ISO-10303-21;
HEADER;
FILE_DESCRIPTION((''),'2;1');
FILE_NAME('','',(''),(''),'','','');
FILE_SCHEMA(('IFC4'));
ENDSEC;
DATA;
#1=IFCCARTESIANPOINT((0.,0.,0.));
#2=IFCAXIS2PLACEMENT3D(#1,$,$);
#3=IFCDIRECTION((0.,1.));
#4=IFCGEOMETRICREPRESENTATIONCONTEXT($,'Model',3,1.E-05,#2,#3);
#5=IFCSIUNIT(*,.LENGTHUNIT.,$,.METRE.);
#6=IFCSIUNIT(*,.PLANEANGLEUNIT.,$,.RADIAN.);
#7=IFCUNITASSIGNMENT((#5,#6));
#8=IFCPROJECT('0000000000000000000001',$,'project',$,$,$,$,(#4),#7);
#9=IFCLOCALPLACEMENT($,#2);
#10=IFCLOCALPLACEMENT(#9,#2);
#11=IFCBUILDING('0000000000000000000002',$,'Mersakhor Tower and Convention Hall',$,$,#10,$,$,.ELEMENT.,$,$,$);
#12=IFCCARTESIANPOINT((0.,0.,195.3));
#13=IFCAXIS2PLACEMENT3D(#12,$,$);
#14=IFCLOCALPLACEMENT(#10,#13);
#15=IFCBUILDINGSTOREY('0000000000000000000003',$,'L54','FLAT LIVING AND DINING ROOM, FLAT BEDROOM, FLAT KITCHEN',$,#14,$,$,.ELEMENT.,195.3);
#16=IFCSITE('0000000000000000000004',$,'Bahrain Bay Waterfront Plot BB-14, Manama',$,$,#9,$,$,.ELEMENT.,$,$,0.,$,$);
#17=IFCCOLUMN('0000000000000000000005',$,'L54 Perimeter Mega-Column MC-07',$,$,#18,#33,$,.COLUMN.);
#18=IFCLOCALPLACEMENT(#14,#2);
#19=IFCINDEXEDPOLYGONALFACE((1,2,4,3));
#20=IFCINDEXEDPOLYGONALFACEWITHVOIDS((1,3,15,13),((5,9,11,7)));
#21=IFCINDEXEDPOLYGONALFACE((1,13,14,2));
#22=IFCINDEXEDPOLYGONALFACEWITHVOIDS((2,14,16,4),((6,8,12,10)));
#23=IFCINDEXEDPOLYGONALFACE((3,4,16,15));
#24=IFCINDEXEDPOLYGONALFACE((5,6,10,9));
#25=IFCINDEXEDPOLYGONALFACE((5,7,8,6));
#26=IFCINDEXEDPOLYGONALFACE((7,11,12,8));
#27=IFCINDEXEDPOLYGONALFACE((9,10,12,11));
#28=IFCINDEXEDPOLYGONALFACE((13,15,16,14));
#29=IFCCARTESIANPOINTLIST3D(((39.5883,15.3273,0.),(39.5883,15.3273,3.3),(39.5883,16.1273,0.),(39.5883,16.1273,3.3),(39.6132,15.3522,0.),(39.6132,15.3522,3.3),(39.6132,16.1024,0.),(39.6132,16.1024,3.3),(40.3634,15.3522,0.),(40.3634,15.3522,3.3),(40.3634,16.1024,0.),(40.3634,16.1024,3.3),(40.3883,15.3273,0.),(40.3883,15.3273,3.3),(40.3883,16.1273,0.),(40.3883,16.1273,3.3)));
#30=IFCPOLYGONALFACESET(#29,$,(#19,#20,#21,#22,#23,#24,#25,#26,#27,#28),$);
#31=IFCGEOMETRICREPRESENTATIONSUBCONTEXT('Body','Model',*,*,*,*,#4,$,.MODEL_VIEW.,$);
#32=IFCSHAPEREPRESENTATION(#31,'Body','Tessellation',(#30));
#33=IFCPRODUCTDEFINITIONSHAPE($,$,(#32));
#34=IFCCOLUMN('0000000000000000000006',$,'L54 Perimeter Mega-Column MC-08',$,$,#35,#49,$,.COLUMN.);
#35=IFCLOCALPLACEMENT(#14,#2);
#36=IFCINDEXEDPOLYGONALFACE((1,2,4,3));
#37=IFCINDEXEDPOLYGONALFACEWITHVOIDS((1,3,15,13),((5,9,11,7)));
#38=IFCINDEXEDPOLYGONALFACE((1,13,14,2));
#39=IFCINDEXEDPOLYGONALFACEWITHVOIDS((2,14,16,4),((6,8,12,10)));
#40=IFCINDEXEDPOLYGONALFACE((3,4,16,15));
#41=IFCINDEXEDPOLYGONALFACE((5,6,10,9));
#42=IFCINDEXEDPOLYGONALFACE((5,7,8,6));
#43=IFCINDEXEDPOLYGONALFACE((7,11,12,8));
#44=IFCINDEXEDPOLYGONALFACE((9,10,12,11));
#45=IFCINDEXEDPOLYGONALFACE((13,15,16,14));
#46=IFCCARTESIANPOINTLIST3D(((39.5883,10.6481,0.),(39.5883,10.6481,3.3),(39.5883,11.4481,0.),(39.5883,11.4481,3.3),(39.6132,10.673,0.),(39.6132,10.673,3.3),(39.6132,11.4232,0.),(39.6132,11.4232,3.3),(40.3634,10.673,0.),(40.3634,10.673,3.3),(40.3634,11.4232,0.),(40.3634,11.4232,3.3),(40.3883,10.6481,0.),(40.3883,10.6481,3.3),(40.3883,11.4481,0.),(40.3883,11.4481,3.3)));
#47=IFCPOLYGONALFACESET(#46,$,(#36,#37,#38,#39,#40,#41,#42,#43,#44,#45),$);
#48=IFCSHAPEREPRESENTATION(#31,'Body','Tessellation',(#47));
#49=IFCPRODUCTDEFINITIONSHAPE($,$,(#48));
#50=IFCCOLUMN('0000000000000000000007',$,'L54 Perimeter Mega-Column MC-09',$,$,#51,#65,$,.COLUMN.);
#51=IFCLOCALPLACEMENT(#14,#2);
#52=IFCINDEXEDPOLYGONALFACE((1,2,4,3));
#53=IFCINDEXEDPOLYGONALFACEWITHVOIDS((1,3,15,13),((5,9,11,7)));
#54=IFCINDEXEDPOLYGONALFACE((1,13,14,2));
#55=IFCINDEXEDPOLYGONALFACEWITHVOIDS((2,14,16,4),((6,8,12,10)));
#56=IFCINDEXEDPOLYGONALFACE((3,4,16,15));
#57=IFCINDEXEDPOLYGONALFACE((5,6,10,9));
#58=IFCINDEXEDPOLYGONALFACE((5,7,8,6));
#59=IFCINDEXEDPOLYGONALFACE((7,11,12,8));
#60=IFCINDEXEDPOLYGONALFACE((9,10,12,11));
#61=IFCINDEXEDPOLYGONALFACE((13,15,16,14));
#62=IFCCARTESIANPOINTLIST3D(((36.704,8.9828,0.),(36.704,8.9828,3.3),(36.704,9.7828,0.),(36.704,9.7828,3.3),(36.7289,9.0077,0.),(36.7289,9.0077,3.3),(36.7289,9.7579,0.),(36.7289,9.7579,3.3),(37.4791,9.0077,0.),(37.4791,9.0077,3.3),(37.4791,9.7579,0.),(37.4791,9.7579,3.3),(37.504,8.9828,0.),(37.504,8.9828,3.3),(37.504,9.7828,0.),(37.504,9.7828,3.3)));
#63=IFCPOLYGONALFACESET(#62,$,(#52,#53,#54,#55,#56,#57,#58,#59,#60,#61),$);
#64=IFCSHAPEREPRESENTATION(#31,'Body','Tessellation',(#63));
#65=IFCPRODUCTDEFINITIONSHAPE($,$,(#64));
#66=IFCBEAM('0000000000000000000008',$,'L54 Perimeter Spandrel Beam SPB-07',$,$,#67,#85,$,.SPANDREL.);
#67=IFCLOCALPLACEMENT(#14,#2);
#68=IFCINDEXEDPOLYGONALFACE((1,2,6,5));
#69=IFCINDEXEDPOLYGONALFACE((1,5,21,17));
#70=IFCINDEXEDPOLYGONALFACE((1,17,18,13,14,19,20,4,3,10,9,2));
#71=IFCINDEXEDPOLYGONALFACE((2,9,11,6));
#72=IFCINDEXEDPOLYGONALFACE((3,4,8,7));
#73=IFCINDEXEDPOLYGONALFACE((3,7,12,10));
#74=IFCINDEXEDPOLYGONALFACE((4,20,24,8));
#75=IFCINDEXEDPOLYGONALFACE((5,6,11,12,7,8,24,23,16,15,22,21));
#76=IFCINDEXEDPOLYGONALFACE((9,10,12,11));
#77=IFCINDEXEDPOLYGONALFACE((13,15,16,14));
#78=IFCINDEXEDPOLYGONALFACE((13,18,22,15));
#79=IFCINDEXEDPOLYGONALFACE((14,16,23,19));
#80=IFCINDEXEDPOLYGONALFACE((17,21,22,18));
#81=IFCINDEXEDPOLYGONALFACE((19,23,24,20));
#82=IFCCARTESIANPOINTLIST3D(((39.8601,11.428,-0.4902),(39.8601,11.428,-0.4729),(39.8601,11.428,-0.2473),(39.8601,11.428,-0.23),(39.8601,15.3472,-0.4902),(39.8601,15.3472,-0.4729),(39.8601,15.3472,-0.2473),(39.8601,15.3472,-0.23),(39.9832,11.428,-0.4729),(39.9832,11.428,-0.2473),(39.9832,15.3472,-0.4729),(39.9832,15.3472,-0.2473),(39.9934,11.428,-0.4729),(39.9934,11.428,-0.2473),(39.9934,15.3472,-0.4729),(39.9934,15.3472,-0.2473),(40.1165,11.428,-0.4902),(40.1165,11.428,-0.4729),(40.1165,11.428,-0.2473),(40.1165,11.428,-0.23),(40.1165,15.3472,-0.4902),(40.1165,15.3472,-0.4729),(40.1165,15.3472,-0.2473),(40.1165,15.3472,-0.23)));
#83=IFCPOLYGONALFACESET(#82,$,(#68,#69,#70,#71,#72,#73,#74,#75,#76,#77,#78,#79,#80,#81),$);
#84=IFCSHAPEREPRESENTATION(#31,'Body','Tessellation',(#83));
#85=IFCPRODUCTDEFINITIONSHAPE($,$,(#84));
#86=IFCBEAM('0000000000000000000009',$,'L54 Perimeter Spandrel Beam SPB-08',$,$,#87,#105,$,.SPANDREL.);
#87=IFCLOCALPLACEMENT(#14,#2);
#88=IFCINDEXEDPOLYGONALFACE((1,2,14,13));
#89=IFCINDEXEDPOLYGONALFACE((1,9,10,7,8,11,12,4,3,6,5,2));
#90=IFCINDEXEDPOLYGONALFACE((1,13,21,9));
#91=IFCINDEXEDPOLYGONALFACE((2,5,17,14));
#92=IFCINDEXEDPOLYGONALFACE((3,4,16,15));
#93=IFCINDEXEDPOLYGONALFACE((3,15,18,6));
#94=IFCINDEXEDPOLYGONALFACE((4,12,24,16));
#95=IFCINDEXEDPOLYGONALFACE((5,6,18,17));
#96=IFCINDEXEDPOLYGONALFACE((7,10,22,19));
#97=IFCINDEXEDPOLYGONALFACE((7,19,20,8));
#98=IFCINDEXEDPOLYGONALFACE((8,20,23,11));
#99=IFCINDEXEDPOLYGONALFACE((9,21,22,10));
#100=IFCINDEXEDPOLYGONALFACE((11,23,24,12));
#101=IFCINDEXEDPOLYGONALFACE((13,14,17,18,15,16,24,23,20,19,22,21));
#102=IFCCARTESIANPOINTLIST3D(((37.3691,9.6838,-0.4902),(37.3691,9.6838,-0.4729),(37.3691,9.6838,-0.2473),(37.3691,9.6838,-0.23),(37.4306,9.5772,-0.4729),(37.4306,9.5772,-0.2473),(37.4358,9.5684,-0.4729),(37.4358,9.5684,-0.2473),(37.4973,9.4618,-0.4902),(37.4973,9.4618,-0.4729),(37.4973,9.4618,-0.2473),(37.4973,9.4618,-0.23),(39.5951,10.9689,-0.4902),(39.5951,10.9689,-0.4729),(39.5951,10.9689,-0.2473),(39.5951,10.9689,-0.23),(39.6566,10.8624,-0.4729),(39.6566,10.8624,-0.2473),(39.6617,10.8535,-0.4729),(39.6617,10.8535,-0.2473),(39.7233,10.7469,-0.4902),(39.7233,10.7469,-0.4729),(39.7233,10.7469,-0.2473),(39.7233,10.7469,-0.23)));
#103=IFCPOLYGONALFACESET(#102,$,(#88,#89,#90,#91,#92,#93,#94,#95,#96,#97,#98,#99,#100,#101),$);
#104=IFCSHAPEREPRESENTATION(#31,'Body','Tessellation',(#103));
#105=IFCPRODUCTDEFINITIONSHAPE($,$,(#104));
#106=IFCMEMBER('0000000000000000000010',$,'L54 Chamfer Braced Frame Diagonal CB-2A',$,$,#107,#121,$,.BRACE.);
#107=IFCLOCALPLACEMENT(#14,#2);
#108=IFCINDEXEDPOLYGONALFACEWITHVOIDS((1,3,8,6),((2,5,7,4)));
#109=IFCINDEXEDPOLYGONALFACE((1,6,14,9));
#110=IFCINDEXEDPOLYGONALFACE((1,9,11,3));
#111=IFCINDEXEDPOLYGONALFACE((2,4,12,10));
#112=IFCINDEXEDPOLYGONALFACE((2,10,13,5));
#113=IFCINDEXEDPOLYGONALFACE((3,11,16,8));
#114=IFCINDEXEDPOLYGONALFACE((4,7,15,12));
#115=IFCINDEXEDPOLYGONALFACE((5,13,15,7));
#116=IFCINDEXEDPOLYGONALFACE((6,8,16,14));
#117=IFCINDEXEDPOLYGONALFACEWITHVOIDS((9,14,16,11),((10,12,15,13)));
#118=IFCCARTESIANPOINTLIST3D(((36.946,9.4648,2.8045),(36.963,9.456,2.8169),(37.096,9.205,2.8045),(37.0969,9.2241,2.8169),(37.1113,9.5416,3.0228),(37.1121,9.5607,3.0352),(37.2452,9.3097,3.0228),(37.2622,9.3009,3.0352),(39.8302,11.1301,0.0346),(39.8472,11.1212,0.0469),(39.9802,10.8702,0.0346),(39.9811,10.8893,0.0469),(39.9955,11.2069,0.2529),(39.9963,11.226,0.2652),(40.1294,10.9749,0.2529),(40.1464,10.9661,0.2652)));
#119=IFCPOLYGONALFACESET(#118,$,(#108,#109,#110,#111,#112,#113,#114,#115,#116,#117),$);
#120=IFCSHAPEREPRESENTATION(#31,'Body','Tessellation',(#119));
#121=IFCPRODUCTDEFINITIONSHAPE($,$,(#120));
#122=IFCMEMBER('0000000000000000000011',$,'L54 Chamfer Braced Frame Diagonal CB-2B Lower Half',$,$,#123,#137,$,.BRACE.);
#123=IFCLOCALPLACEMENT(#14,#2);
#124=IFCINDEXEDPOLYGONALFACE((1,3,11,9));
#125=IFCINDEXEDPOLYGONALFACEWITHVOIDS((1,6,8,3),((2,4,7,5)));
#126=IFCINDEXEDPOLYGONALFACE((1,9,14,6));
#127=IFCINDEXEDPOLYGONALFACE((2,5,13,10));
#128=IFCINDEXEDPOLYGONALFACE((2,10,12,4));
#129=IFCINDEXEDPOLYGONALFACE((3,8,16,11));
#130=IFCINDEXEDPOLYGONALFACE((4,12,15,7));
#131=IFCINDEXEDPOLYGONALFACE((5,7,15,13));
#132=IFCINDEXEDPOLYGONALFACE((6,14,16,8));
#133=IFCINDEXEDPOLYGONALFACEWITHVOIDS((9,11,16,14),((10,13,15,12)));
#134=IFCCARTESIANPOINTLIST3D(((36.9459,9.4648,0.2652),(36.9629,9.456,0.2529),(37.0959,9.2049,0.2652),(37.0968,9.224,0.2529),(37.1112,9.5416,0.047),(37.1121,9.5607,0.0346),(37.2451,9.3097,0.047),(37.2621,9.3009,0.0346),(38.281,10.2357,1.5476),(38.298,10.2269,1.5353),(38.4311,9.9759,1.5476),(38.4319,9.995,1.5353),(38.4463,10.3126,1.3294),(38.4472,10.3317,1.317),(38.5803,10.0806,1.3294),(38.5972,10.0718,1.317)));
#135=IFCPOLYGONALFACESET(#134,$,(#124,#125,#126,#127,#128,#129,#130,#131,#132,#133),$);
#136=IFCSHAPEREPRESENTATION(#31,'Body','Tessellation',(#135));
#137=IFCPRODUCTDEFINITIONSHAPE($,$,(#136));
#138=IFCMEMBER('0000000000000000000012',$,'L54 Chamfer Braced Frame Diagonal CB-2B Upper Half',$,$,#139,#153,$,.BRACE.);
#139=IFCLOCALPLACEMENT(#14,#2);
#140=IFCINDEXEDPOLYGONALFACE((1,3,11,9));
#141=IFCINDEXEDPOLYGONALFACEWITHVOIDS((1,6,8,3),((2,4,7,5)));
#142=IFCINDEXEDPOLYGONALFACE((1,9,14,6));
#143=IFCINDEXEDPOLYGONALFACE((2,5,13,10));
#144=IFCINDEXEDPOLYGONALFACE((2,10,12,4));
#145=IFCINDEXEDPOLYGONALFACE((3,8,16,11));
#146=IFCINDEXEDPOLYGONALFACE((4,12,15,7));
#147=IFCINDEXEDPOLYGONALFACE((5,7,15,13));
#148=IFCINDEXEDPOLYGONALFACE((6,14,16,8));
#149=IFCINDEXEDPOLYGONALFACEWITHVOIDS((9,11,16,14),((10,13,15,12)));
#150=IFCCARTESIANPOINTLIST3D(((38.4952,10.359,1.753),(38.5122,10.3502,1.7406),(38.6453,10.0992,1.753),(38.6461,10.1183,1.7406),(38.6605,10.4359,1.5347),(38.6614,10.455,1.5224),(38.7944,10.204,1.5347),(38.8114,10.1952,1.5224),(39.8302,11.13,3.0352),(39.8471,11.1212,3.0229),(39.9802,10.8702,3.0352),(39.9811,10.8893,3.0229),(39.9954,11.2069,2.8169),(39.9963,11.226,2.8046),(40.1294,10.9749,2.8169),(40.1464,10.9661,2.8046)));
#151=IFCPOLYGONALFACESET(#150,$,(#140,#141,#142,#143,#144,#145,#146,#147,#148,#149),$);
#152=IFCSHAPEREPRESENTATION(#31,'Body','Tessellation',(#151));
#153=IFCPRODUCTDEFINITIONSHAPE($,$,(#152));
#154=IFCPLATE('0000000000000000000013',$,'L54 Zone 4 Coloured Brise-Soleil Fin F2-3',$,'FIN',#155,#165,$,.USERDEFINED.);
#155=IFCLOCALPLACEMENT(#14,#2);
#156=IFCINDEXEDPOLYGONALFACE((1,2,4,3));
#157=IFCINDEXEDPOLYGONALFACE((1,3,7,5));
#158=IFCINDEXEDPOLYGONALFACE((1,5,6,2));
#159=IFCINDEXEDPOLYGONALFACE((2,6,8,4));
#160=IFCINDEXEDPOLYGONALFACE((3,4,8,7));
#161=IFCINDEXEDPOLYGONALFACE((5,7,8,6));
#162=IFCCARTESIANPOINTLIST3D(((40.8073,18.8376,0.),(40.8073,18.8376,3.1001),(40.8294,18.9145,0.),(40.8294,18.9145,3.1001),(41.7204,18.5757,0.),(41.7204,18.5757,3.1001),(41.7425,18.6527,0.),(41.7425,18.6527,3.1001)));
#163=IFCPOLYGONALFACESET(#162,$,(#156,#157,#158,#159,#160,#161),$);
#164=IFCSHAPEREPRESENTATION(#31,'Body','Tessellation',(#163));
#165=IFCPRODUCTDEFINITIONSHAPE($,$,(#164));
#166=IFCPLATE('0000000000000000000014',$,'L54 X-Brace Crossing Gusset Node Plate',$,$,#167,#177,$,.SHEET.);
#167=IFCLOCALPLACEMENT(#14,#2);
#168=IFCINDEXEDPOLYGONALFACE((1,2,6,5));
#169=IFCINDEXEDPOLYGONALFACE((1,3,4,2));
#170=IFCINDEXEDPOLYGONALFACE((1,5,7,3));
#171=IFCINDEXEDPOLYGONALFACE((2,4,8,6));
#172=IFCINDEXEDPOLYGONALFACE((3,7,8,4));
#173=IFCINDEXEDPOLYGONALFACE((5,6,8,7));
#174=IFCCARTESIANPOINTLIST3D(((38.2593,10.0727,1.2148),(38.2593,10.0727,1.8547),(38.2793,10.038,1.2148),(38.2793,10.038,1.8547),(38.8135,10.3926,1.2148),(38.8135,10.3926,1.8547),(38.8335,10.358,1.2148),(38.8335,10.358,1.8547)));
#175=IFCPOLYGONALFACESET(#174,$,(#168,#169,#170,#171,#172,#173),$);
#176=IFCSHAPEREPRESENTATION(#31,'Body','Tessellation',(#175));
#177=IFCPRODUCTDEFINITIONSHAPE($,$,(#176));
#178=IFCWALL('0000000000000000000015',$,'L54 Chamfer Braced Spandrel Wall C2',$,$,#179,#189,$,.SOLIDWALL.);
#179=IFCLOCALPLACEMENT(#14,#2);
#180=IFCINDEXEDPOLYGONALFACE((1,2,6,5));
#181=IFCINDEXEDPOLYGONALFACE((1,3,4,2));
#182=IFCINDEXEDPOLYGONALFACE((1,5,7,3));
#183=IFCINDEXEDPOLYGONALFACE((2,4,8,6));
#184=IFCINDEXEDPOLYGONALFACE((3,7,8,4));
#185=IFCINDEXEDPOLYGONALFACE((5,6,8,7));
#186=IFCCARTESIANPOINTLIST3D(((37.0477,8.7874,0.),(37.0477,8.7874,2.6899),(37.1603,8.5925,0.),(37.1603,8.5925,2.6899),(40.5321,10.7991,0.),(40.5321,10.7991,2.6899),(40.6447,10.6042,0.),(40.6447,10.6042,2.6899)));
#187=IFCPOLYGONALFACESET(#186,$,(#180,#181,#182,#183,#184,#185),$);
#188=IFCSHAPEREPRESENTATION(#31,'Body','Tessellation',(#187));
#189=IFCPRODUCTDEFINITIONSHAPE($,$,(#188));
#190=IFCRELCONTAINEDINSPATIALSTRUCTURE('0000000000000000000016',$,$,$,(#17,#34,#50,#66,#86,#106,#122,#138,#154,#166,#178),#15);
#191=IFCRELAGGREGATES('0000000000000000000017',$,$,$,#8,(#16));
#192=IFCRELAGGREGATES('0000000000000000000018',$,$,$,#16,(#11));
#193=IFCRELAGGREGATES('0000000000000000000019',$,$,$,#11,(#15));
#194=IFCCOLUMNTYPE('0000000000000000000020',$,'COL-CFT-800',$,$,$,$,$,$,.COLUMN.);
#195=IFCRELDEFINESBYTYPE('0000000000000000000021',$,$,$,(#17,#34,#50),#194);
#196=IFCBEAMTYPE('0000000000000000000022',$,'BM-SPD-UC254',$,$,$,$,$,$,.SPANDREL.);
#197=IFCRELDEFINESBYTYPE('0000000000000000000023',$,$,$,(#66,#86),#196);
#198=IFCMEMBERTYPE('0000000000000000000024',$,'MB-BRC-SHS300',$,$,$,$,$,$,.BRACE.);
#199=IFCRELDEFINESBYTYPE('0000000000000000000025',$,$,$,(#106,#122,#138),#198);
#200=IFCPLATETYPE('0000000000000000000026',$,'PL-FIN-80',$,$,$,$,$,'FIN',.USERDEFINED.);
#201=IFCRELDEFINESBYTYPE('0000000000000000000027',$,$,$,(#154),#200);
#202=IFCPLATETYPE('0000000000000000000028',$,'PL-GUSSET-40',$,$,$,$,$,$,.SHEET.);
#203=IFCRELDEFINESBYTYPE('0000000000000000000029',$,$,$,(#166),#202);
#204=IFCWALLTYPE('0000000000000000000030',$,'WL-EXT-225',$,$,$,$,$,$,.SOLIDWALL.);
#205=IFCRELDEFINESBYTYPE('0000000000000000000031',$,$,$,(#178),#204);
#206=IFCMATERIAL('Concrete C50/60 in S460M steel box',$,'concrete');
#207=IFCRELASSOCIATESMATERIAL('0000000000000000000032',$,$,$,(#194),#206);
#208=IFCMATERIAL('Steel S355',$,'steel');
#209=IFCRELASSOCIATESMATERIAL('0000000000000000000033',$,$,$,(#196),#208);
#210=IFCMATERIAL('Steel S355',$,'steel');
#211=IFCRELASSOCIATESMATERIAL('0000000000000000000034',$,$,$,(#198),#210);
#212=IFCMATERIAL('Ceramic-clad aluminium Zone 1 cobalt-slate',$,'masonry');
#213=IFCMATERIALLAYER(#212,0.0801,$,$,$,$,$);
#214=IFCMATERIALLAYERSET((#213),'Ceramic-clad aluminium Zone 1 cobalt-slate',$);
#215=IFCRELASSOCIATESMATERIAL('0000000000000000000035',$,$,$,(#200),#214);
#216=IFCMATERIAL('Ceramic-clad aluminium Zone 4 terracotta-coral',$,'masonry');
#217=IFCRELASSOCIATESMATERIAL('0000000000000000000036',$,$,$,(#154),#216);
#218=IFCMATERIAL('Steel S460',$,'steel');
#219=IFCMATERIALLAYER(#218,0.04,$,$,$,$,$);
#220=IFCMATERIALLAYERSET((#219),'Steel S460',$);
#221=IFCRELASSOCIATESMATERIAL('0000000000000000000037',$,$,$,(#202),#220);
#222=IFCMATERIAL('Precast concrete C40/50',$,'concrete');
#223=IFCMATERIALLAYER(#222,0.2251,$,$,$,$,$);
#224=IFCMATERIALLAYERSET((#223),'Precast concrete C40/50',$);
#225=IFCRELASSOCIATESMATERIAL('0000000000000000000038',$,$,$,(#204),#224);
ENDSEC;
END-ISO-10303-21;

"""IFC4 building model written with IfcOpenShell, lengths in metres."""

from ifc_helpers import new_model, si_unit, direction, frame, frame_2d, origin, origin_2d, place, context, subcontext, project, spatial, rectangle, hollow_rectangle, i_section, extrude, material, layer, layer_set, material_profile, profile_set, type_object, element, save


model = new_model("IFC4")

# Units and contexts
model_context = context("Model", 3, precision=1e-05, world=origin(), true_north=direction((0.0, 1.0)))
body_context = subcontext(model_context, "Body", "Model", "MODEL_VIEW")
ifc_project = project(units=[si_unit("LENGTHUNIT", "METRE"), si_unit("PLANEANGLEUNIT", "RADIAN")], contexts=[model_context])

# Site, building, storey
site_placement = place(None, origin())
site = spatial("IfcSite", under=ifc_project, at=site_placement, Name="Bahrain Bay Waterfront Plot BB-14, Manama", CompositionType="ELEMENT", RefElevation=0.0)
building_placement = place(site_placement, origin())
building = spatial("IfcBuilding", under=site, at=building_placement, Name="Mersakhor Tower and Convention Hall", CompositionType="ELEMENT")
storey_placement = place(building_placement, frame((0.0, 0.0, 195.3)))
storey = spatial("IfcBuildingStorey", under=building, at=storey_placement, Name="L54", Description="FLAT LIVING AND DINING ROOM, FLAT BEDROOM, FLAT KITCHEN", CompositionType="ELEMENT", Elevation=195.3)

# Columns
ifc_material_1 = material(Name="Concrete C50/60 in S460M steel box", Category="concrete")
ifc_material_profile_1 = material_profile(ifc_material_1, hollow_rectangle(XDim=0.8, YDim=0.8, WallThickness=0.0249, at=origin_2d()), Name="SHS 800x800x25")
ifc_profile_set_1 = profile_set([ifc_material_profile_1], Name="Concrete C50/60 in S460M steel box")
column_type = type_object("IfcColumnType", Name="COL-CFT-800", PredefinedType="COLUMN", material=ifc_profile_set_1)
for number, where, z_axis, x_axis, name in (
    (1, (39.9883, 15.7273, 0.0), (0.0, 0.0, 1.0), (1.0, 0.0, 0.0), "L54 Perimeter Mega-Column MC-07"),
    (2, (39.9883, 11.0481, 0.0), (0.0, 0.0, 1.0), (1.0, 0.0, 0.0), "L54 Perimeter Mega-Column MC-08"),
    (3, (37.104, 9.3828, 0.0), (0.0, 0.0, 1.0), (1.0, 0.0, 0.0), "L54 Perimeter Mega-Column MC-09"),
):
    element("IfcColumn", number, at=place(storey_placement, frame(where, z_axis=z_axis, x_axis=x_axis)), inside=storey, type_object=column_type, Name=name, PredefinedType="COLUMN", context=body_context, shape_type="SweptSolid", body=[
        extrude(hollow_rectangle(XDim=0.8, YDim=0.8, WallThickness=0.0249, at=origin_2d()), origin(), (0.0, 0.0, 1.0), 3.3),
    ])

# Beams
ifc_material_2 = material(Name="Steel S355", Category="steel")
ifc_material_profile_2 = material_profile(ifc_material_2, i_section(OverallWidth=0.2563, OverallDepth=0.2603, WebThickness=0.0103, FlangeThickness=0.0173, at=origin_2d()), Name="UC 254x254x89")
ifc_profile_set_2 = profile_set([ifc_material_profile_2], Name="Steel S355")
beam_type = type_object("IfcBeamType", Name="BM-SPD-UC254", PredefinedType="SPANDREL", material=ifc_profile_set_2)
beam_1_placement = place(storey_placement, frame((39.9883, 15.3472, -0.3601), z_axis=(0.0, -1.0, 0.0), x_axis=(1.0, 0.0, 0.0)))
element("IfcBeam", 4, at=beam_1_placement, inside=storey, type_object=beam_type, Name="L54 Perimeter Spandrel Beam SPB-07", PredefinedType="SPANDREL", context=body_context, shape_type="SweptSolid", body=[
    extrude(i_section(OverallWidth=0.2563, OverallDepth=0.2603, WebThickness=0.0103, FlangeThickness=0.0173, at=origin_2d()), origin(), (0.0, 0.0, 1.0), 3.9192),
])
beam_2_placement = place(storey_placement, frame((39.6592, 10.8579, -0.3601), z_axis=(-0.866037, -0.49998, 0.0), x_axis=(0.49998, -0.866037, 0.0)))
element("IfcBeam", 5, at=beam_2_placement, inside=storey, type_object=beam_type, Name="L54 Perimeter Spandrel Beam SPB-08", PredefinedType="SPANDREL", context=body_context, shape_type="SweptSolid", body=[
    extrude(i_section(OverallWidth=0.2563, OverallDepth=0.2603, WebThickness=0.0103, FlangeThickness=0.0173, at=origin_2d()), origin(), (0.0, 0.0, 1.0), 2.5703),
])

# Members
ifc_material_3 = material(Name="Steel S355", Category="steel")
ifc_material_profile_3 = material_profile(ifc_material_3, hollow_rectangle(XDim=0.3, YDim=0.3, WallThickness=0.0161, at=origin_2d()), Name="SHS 300x300x16")
ifc_profile_set_3 = profile_set([ifc_material_profile_3], Name="Steel S355")
member_type = type_object("IfcMemberType", Name="MB-BRC-SHS300", PredefinedType="BRACE", material=ifc_profile_set_3)
member_1_placement = place(storey_placement, frame((39.9883, 11.0481, 0.1499), z_axis=(-0.665825, -0.384425, 0.639449), x_axis=(0.50001, -0.86602, 0.0)))
element("IfcMember", 6, at=member_1_placement, inside=storey, type_object=member_type, Name="L54 Chamfer Braced Frame Diagonal CB-2A", PredefinedType="BRACE", context=body_context, shape_type="SweptSolid", body=[
    extrude(hollow_rectangle(XDim=0.3, YDim=0.3, WallThickness=0.0161, at=origin_2d()), origin(), (0.0, 0.0, 1.0), 4.3318),
])
member_2_placement = place(storey_placement, frame((37.104, 9.3828, 0.1499), z_axis=(0.665779, 0.384445, 0.639484), x_axis=(-0.500056, 0.865993, 0.0)))
element("IfcMember", 7, at=member_2_placement, inside=storey, type_object=member_type, Name="L54 Chamfer Braced Frame Diagonal CB-2B Lower Half", PredefinedType="BRACE", context=body_context, shape_type="SweptSolid", body=[
    extrude(hollow_rectangle(XDim=0.3, YDim=0.3, WallThickness=0.0161, at=origin_2d()), origin(), (0.0, 0.0, 1.0), 2.0054),
])
member_3_placement = place(storey_placement, frame((38.6533, 10.2771, 1.6377), z_axis=(0.665763, 0.384506, 0.639464), x_axis=(-0.500125, 0.865953, 0.0)))
element("IfcMember", 8, at=member_3_placement, inside=storey, type_object=member_type, Name="L54 Chamfer Braced Frame Diagonal CB-2B Upper Half", PredefinedType="BRACE", context=body_context, shape_type="SweptSolid", body=[
    extrude(hollow_rectangle(XDim=0.3, YDim=0.3, WallThickness=0.0161, at=origin_2d()), origin(), (0.0, 0.0, 1.0), 2.0051),
])

# Plates
ifc_material_4 = material(Name="Ceramic-clad aluminium Zone 4 terracotta-coral", Category="masonry")
ifc_material_5 = material(Name="Ceramic-clad aluminium Zone 1 cobalt-slate", Category="masonry")
ifc_layer_1 = layer(ifc_material_5, 0.0801)
ifc_layer_set_1 = layer_set([ifc_layer_1], Name="Ceramic-clad aluminium Zone 1 cobalt-slate")
plate_type_1 = type_object("IfcPlateType", Name="PL-FIN-80", ElementType="FIN", PredefinedType="USERDEFINED", material=ifc_layer_set_1)
plate_1_placement = place(storey_placement, frame((41.2749, 18.7451, 0.0), z_axis=(0.0, 0.0, 1.0), x_axis=(0.961262, -0.275637, 0.0)))
element("IfcPlate", 9, at=plate_1_placement, inside=storey, type_object=plate_type_1, material=ifc_material_4, Name="L54 Zone 4 Coloured Brise-Soleil Fin F2-3", ObjectType="FIN", PredefinedType="USERDEFINED", context=body_context, shape_type="SweptSolid", body=[
    extrude(rectangle(XDim=0.95, YDim=0.0801, at=origin_2d()), origin(), (0.0, 0.0, 1.0), 3.1001),
])
ifc_material_6 = material(Name="Steel S460", Category="steel")
ifc_layer_2 = layer(ifc_material_6, 0.04)
ifc_layer_set_2 = layer_set([ifc_layer_2], Name="Steel S460")
plate_type_2 = type_object("IfcPlateType", Name="PL-GUSSET-40", PredefinedType="SHEET", material=ifc_layer_set_2)
plate_2_placement = place(storey_placement, frame((38.5464, 10.2153, 1.2148), z_axis=(0.0, 0.0, 1.0), x_axis=(0.866025, 0.5, 0.0)))
element("IfcPlate", 10, at=plate_2_placement, inside=storey, type_object=plate_type_2, Name="L54 X-Brace Crossing Gusset Node Plate", PredefinedType="SHEET", context=body_context, shape_type="SweptSolid", body=[
    extrude(rectangle(XDim=0.6399, YDim=0.04, at=origin_2d()), origin(), (0.0, 0.0, 1.0), 0.6399),
])

# Wall
ifc_material_7 = material(Name="Precast concrete C40/50", Category="concrete")
ifc_layer_3 = layer(ifc_material_7, 0.2251)
ifc_layer_set_3 = layer_set([ifc_layer_3], Name="Precast concrete C40/50")
wall_type_1 = type_object("IfcWallType", Name="WL-EXT-225", PredefinedType="SOLIDWALL", material=ifc_layer_set_3)
wall_1_placement = place(storey_placement, frame((40.5884, 10.7017, 0.0), z_axis=(0.0, 0.0, 1.0), x_axis=(-0.866024, -0.500003, 0.0)))
element("IfcWall", 11, at=wall_1_placement, inside=storey, type_object=wall_type_1, Name="L54 Chamfer Braced Spandrel Wall C2", PredefinedType="SOLIDWALL", context=body_context, shape_type="SweptSolid", body=[
    extrude(rectangle(XDim=4.0234, YDim=0.2251, at=frame_2d((2.0117, 0.0))), origin(), (0.0, 0.0, 1.0), 2.6899),
])

save(model, "model.ifc")
